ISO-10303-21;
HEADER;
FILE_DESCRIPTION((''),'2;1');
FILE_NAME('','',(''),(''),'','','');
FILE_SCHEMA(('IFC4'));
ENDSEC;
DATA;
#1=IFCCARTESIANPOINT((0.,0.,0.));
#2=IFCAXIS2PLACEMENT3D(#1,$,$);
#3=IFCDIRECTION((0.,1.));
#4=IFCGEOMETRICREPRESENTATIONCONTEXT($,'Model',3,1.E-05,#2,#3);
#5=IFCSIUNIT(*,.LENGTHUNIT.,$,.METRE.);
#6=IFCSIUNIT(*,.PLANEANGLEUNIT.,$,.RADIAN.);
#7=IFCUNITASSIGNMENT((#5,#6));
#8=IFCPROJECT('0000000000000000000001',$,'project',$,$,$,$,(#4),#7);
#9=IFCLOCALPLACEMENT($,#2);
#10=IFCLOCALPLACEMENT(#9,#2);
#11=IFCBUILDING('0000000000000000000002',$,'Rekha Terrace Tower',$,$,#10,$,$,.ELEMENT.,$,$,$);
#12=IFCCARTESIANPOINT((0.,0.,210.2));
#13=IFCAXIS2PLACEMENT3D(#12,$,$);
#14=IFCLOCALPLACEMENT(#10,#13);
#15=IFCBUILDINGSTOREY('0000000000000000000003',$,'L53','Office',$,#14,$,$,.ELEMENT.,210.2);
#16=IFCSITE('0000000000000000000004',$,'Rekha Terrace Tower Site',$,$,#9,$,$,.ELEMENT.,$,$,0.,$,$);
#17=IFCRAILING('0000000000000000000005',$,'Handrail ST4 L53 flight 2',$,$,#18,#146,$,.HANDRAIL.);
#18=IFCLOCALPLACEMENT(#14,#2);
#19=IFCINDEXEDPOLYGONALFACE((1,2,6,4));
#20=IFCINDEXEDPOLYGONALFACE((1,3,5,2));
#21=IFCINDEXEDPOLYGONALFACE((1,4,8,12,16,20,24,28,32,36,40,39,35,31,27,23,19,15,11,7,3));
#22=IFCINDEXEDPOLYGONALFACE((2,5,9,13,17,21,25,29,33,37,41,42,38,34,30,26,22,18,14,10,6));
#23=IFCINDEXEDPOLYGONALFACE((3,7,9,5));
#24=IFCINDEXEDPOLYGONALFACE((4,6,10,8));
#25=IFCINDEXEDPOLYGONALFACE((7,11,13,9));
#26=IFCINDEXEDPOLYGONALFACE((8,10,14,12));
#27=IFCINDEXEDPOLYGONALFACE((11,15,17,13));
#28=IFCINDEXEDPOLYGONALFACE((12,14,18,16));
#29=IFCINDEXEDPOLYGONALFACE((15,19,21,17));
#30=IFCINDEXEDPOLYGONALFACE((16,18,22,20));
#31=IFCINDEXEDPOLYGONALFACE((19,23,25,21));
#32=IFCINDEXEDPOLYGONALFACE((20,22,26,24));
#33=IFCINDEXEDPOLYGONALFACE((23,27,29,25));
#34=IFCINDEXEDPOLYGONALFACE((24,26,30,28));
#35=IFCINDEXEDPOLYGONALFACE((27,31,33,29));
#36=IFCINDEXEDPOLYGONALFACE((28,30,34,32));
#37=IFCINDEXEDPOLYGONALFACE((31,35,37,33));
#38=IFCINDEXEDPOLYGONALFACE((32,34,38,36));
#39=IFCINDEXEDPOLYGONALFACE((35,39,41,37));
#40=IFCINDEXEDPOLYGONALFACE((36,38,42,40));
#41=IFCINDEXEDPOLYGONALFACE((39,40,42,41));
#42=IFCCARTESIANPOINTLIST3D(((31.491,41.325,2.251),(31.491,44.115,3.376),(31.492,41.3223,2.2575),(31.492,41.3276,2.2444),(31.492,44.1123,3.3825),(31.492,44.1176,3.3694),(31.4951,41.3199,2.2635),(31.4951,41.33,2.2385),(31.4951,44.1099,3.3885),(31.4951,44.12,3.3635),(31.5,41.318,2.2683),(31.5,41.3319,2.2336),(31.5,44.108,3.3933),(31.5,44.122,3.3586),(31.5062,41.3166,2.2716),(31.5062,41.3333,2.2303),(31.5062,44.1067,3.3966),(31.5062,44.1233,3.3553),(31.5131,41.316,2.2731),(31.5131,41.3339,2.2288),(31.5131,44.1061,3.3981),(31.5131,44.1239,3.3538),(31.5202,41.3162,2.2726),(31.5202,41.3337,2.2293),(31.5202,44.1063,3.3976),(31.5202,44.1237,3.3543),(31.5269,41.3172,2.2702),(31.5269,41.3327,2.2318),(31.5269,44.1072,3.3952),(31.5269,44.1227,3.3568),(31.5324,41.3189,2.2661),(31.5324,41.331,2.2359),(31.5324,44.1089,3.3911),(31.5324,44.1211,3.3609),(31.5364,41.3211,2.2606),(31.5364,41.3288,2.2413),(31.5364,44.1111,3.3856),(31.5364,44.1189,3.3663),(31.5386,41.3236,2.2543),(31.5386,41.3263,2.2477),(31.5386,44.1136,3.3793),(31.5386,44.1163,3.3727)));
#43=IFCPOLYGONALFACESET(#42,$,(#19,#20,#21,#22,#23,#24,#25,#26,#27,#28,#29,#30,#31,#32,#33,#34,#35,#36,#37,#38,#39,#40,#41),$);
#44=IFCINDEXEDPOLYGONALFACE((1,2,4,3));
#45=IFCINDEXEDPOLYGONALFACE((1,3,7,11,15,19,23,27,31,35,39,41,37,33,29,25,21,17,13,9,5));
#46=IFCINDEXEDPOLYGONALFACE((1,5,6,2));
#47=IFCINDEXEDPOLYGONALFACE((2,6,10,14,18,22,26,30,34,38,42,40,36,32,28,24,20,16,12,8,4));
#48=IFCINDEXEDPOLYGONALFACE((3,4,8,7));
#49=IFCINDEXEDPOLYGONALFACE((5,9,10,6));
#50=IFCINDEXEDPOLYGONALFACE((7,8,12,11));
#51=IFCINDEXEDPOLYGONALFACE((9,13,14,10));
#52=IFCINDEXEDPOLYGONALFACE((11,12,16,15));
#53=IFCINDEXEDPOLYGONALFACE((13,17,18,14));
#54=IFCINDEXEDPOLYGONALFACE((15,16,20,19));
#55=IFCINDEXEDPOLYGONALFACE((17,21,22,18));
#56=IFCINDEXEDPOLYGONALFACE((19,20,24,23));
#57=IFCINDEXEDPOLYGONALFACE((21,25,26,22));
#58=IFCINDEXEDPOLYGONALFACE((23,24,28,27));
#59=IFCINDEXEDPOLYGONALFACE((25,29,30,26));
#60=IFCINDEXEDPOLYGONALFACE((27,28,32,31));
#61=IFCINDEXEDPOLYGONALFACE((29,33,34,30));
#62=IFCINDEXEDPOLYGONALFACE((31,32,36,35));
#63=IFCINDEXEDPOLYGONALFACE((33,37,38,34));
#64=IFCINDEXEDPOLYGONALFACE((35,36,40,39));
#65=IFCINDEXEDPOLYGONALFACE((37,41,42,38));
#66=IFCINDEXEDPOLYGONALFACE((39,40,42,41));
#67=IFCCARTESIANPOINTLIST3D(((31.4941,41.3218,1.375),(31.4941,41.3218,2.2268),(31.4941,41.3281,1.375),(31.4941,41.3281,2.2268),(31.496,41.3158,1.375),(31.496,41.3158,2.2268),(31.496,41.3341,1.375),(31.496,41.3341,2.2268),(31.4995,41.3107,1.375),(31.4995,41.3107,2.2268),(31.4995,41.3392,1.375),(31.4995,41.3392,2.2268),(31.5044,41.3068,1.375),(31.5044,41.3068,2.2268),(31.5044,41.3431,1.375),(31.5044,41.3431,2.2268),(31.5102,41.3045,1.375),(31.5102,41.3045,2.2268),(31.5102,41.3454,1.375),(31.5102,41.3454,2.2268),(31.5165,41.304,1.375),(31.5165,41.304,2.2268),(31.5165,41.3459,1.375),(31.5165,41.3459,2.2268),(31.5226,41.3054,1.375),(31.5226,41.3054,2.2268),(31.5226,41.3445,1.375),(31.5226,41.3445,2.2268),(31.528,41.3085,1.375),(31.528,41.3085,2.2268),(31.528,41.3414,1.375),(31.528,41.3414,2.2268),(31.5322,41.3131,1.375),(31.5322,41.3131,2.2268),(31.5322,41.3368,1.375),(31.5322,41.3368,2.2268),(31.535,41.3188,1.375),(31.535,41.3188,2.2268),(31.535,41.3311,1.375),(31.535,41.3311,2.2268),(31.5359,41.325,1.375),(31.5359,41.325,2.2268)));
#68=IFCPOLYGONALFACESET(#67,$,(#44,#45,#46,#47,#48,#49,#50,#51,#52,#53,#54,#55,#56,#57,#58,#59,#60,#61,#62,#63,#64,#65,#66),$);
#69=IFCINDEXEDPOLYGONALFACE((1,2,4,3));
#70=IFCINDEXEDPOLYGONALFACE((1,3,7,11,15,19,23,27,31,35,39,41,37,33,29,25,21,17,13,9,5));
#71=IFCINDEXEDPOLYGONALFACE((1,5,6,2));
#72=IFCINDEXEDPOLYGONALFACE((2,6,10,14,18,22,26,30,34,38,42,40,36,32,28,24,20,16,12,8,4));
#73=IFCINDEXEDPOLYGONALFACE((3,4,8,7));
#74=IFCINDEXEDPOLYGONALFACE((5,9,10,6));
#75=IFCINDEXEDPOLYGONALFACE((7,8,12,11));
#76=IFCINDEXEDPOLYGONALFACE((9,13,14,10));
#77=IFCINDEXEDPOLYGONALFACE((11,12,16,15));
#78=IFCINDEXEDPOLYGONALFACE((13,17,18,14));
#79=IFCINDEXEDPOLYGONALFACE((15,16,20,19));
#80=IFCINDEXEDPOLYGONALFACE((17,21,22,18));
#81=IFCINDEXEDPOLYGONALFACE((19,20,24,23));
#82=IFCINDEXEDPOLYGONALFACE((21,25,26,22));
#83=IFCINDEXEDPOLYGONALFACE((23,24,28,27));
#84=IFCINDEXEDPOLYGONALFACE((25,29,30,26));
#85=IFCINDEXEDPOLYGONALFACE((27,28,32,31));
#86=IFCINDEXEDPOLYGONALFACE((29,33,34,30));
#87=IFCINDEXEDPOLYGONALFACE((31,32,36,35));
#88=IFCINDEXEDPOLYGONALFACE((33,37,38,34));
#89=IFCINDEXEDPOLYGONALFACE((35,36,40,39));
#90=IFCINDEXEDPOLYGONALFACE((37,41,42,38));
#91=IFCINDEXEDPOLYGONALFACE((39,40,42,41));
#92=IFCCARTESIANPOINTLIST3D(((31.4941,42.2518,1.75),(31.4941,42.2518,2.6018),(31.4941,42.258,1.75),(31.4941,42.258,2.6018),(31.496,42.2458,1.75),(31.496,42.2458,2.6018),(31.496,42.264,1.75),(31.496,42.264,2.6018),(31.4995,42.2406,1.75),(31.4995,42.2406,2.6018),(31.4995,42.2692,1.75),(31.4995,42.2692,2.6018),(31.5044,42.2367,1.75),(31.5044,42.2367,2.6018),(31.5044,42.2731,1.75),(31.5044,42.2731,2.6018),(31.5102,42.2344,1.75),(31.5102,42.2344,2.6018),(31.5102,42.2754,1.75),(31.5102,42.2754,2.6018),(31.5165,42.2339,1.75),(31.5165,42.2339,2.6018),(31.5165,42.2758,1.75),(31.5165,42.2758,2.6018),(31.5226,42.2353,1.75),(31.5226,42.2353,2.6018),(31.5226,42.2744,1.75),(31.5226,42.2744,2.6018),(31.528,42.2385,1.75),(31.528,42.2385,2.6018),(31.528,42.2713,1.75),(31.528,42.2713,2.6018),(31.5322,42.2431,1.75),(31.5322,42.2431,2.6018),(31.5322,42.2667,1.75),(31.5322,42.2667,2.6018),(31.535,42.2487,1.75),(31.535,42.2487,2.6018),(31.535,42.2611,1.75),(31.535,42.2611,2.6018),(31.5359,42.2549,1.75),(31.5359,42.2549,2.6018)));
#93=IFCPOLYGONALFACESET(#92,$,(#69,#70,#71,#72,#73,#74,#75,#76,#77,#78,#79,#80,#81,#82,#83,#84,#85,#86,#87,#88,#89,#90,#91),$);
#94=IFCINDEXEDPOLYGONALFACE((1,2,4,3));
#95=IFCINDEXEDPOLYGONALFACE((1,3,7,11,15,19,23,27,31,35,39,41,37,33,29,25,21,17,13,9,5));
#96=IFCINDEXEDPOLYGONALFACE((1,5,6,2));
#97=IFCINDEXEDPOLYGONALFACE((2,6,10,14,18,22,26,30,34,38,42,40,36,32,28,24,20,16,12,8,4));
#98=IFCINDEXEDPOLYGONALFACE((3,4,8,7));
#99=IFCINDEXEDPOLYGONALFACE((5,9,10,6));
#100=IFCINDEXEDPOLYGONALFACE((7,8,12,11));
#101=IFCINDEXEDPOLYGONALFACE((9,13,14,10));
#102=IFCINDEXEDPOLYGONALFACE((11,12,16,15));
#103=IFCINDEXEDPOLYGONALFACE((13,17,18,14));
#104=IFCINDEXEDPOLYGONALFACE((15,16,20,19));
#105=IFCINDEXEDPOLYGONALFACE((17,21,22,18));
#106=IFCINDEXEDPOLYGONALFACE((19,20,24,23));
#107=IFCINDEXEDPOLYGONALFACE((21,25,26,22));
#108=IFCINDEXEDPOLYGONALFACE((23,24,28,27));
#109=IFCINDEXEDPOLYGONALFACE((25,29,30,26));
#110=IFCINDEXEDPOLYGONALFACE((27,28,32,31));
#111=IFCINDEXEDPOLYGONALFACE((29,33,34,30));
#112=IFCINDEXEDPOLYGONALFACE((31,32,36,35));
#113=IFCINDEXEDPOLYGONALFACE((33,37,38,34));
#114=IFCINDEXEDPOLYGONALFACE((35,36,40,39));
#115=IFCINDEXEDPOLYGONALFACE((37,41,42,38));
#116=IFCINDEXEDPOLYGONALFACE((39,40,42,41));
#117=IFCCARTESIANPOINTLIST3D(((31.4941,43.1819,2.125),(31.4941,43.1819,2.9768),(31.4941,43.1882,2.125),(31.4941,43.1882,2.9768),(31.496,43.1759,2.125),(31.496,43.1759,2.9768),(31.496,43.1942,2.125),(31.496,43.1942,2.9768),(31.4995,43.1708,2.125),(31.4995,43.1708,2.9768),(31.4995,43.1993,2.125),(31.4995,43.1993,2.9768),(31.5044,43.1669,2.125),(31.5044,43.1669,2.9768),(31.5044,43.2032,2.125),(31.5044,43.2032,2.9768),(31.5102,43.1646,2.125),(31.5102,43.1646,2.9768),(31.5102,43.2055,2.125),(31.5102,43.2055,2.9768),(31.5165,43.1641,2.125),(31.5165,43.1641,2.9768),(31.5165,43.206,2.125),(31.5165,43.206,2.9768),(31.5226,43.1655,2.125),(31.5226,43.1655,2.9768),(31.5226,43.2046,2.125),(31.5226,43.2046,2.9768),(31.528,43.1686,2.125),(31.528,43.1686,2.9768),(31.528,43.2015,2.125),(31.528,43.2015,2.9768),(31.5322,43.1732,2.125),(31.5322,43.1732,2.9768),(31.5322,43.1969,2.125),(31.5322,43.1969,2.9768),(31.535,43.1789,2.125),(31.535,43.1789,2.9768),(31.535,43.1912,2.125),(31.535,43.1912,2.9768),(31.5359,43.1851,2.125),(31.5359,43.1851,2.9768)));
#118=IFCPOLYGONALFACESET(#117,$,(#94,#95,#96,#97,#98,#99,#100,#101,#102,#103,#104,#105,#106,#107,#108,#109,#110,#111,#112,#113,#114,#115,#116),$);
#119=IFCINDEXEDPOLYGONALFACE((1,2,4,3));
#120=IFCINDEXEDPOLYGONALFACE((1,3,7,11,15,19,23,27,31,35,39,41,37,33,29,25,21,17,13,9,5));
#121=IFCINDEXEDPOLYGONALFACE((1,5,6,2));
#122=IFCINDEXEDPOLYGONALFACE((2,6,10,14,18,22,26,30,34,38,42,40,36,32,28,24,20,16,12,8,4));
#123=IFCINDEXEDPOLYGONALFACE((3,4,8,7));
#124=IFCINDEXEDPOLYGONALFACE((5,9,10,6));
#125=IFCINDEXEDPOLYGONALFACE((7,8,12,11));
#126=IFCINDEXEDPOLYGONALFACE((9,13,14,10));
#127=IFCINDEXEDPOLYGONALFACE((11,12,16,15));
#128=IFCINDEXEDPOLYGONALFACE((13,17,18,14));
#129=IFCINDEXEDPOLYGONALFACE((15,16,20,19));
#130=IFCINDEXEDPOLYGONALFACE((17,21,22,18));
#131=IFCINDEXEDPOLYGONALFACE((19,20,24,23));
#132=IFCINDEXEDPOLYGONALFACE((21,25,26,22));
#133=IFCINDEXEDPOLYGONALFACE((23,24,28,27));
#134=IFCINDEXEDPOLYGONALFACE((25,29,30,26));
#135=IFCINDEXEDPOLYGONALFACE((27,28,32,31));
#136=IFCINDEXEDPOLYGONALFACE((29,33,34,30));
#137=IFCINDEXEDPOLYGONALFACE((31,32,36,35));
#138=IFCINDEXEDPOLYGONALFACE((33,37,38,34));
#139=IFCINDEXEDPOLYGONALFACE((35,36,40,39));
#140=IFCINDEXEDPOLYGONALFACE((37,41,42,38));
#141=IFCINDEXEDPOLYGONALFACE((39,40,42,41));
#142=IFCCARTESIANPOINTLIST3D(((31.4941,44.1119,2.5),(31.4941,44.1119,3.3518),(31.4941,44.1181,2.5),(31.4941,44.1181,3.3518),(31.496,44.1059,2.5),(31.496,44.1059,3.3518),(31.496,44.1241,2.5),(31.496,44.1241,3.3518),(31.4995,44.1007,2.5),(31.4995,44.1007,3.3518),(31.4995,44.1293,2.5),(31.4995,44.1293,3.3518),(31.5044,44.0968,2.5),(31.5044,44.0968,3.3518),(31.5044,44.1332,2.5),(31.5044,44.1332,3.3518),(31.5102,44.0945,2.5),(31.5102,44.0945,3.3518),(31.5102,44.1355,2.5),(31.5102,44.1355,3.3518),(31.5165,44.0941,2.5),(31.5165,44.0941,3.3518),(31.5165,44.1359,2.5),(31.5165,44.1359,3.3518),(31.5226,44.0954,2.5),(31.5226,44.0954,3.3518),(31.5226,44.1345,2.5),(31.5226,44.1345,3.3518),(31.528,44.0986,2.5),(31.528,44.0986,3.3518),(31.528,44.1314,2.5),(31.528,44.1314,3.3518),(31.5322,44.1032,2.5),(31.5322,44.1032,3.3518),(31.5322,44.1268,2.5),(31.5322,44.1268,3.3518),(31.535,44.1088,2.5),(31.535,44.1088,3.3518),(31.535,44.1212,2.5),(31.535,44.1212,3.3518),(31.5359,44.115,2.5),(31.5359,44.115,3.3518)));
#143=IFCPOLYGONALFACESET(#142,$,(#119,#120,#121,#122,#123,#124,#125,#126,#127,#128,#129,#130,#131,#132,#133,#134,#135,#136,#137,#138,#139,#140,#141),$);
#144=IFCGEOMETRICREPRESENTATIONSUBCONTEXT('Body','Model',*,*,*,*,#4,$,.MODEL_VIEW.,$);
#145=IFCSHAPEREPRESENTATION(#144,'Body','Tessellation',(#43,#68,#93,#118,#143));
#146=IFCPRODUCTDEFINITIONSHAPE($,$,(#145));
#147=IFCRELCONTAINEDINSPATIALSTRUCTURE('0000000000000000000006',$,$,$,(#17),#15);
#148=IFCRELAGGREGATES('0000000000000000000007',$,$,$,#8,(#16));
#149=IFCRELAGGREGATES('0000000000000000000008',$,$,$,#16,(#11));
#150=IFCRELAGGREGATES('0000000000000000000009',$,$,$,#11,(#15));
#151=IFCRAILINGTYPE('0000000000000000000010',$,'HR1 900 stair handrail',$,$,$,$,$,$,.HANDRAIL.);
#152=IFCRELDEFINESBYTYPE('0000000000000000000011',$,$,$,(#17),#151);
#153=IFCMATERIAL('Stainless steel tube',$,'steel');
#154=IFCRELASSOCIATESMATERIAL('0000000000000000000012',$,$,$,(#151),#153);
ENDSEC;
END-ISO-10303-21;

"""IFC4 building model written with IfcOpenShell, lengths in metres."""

from ifc_helpers import new_model, si_unit, direction, frame, origin, origin_2d, place, context, subcontext, project, spatial, circle, extrude, material, type_object, element, save


model = new_model("IFC4")

# Units and contexts
model_context = context("Model", 3, precision=1e-05, world=origin(), true_north=direction((0.0, 1.0)))
body_context = subcontext(model_context, "Body", "Model", "MODEL_VIEW")
ifc_project = project(units=[si_unit("LENGTHUNIT", "METRE"), si_unit("PLANEANGLEUNIT", "RADIAN")], contexts=[model_context])

# Site, building, storey
site_placement = place(None, origin())
site = spatial("IfcSite", under=ifc_project, at=site_placement, Name="Rekha Terrace Tower Site", CompositionType="ELEMENT", RefElevation=0.0)
building_placement = place(site_placement, origin())
building = spatial("IfcBuilding", under=site, at=building_placement, Name="Rekha Terrace Tower", CompositionType="ELEMENT")
storey_placement = place(building_placement, frame((0.0, 0.0, 210.2)))
storey = spatial("IfcBuildingStorey", under=building, at=storey_placement, Name="L53", Description="Office", CompositionType="ELEMENT", Elevation=210.2)

# Railing
ifc_material_1 = material(Name="Stainless steel tube", Category="steel")
railing_type_1 = type_object("IfcRailingType", Name="HR1 900 stair handrail", PredefinedType="HANDRAIL", material=ifc_material_1)
railing_1_placement = place(storey_placement, frame((31.5149, 41.325, 1.375)))
element("IfcRailing", 1, at=railing_1_placement, inside=storey, type_object=railing_type_1, Name="Handrail ST4 L53 flight 2", PredefinedType="HANDRAIL", context=body_context, shape_type="SweptSolid", body=[
    extrude(circle(Radius=0.0239, at=origin_2d()), frame((0.0, 0.0, 0.876), z_axis=(0.0, 0.927443, 0.373964), x_axis=(-1.0, 0.0, 0.0)), (0.0, 0.0, 1.0), 3.0083),
    extrude(circle(Radius=0.021, at=origin_2d()), origin(), (0.0, 0.0, 1.0), 0.8518),
    extrude(circle(Radius=0.021, at=origin_2d()), frame((0.0, 0.9299, 0.375)), (0.0, 0.0, 1.0), 0.8518),
    extrude(circle(Radius=0.021, at=origin_2d()), frame((0.0, 1.8601, 0.75)), (0.0, 0.0, 1.0), 0.8518),
    extrude(circle(Radius=0.021, at=origin_2d()), frame((0.0, 2.79, 1.125)), (0.0, 0.0, 1.0), 0.8518),
])

save(model, "model.ifc")
